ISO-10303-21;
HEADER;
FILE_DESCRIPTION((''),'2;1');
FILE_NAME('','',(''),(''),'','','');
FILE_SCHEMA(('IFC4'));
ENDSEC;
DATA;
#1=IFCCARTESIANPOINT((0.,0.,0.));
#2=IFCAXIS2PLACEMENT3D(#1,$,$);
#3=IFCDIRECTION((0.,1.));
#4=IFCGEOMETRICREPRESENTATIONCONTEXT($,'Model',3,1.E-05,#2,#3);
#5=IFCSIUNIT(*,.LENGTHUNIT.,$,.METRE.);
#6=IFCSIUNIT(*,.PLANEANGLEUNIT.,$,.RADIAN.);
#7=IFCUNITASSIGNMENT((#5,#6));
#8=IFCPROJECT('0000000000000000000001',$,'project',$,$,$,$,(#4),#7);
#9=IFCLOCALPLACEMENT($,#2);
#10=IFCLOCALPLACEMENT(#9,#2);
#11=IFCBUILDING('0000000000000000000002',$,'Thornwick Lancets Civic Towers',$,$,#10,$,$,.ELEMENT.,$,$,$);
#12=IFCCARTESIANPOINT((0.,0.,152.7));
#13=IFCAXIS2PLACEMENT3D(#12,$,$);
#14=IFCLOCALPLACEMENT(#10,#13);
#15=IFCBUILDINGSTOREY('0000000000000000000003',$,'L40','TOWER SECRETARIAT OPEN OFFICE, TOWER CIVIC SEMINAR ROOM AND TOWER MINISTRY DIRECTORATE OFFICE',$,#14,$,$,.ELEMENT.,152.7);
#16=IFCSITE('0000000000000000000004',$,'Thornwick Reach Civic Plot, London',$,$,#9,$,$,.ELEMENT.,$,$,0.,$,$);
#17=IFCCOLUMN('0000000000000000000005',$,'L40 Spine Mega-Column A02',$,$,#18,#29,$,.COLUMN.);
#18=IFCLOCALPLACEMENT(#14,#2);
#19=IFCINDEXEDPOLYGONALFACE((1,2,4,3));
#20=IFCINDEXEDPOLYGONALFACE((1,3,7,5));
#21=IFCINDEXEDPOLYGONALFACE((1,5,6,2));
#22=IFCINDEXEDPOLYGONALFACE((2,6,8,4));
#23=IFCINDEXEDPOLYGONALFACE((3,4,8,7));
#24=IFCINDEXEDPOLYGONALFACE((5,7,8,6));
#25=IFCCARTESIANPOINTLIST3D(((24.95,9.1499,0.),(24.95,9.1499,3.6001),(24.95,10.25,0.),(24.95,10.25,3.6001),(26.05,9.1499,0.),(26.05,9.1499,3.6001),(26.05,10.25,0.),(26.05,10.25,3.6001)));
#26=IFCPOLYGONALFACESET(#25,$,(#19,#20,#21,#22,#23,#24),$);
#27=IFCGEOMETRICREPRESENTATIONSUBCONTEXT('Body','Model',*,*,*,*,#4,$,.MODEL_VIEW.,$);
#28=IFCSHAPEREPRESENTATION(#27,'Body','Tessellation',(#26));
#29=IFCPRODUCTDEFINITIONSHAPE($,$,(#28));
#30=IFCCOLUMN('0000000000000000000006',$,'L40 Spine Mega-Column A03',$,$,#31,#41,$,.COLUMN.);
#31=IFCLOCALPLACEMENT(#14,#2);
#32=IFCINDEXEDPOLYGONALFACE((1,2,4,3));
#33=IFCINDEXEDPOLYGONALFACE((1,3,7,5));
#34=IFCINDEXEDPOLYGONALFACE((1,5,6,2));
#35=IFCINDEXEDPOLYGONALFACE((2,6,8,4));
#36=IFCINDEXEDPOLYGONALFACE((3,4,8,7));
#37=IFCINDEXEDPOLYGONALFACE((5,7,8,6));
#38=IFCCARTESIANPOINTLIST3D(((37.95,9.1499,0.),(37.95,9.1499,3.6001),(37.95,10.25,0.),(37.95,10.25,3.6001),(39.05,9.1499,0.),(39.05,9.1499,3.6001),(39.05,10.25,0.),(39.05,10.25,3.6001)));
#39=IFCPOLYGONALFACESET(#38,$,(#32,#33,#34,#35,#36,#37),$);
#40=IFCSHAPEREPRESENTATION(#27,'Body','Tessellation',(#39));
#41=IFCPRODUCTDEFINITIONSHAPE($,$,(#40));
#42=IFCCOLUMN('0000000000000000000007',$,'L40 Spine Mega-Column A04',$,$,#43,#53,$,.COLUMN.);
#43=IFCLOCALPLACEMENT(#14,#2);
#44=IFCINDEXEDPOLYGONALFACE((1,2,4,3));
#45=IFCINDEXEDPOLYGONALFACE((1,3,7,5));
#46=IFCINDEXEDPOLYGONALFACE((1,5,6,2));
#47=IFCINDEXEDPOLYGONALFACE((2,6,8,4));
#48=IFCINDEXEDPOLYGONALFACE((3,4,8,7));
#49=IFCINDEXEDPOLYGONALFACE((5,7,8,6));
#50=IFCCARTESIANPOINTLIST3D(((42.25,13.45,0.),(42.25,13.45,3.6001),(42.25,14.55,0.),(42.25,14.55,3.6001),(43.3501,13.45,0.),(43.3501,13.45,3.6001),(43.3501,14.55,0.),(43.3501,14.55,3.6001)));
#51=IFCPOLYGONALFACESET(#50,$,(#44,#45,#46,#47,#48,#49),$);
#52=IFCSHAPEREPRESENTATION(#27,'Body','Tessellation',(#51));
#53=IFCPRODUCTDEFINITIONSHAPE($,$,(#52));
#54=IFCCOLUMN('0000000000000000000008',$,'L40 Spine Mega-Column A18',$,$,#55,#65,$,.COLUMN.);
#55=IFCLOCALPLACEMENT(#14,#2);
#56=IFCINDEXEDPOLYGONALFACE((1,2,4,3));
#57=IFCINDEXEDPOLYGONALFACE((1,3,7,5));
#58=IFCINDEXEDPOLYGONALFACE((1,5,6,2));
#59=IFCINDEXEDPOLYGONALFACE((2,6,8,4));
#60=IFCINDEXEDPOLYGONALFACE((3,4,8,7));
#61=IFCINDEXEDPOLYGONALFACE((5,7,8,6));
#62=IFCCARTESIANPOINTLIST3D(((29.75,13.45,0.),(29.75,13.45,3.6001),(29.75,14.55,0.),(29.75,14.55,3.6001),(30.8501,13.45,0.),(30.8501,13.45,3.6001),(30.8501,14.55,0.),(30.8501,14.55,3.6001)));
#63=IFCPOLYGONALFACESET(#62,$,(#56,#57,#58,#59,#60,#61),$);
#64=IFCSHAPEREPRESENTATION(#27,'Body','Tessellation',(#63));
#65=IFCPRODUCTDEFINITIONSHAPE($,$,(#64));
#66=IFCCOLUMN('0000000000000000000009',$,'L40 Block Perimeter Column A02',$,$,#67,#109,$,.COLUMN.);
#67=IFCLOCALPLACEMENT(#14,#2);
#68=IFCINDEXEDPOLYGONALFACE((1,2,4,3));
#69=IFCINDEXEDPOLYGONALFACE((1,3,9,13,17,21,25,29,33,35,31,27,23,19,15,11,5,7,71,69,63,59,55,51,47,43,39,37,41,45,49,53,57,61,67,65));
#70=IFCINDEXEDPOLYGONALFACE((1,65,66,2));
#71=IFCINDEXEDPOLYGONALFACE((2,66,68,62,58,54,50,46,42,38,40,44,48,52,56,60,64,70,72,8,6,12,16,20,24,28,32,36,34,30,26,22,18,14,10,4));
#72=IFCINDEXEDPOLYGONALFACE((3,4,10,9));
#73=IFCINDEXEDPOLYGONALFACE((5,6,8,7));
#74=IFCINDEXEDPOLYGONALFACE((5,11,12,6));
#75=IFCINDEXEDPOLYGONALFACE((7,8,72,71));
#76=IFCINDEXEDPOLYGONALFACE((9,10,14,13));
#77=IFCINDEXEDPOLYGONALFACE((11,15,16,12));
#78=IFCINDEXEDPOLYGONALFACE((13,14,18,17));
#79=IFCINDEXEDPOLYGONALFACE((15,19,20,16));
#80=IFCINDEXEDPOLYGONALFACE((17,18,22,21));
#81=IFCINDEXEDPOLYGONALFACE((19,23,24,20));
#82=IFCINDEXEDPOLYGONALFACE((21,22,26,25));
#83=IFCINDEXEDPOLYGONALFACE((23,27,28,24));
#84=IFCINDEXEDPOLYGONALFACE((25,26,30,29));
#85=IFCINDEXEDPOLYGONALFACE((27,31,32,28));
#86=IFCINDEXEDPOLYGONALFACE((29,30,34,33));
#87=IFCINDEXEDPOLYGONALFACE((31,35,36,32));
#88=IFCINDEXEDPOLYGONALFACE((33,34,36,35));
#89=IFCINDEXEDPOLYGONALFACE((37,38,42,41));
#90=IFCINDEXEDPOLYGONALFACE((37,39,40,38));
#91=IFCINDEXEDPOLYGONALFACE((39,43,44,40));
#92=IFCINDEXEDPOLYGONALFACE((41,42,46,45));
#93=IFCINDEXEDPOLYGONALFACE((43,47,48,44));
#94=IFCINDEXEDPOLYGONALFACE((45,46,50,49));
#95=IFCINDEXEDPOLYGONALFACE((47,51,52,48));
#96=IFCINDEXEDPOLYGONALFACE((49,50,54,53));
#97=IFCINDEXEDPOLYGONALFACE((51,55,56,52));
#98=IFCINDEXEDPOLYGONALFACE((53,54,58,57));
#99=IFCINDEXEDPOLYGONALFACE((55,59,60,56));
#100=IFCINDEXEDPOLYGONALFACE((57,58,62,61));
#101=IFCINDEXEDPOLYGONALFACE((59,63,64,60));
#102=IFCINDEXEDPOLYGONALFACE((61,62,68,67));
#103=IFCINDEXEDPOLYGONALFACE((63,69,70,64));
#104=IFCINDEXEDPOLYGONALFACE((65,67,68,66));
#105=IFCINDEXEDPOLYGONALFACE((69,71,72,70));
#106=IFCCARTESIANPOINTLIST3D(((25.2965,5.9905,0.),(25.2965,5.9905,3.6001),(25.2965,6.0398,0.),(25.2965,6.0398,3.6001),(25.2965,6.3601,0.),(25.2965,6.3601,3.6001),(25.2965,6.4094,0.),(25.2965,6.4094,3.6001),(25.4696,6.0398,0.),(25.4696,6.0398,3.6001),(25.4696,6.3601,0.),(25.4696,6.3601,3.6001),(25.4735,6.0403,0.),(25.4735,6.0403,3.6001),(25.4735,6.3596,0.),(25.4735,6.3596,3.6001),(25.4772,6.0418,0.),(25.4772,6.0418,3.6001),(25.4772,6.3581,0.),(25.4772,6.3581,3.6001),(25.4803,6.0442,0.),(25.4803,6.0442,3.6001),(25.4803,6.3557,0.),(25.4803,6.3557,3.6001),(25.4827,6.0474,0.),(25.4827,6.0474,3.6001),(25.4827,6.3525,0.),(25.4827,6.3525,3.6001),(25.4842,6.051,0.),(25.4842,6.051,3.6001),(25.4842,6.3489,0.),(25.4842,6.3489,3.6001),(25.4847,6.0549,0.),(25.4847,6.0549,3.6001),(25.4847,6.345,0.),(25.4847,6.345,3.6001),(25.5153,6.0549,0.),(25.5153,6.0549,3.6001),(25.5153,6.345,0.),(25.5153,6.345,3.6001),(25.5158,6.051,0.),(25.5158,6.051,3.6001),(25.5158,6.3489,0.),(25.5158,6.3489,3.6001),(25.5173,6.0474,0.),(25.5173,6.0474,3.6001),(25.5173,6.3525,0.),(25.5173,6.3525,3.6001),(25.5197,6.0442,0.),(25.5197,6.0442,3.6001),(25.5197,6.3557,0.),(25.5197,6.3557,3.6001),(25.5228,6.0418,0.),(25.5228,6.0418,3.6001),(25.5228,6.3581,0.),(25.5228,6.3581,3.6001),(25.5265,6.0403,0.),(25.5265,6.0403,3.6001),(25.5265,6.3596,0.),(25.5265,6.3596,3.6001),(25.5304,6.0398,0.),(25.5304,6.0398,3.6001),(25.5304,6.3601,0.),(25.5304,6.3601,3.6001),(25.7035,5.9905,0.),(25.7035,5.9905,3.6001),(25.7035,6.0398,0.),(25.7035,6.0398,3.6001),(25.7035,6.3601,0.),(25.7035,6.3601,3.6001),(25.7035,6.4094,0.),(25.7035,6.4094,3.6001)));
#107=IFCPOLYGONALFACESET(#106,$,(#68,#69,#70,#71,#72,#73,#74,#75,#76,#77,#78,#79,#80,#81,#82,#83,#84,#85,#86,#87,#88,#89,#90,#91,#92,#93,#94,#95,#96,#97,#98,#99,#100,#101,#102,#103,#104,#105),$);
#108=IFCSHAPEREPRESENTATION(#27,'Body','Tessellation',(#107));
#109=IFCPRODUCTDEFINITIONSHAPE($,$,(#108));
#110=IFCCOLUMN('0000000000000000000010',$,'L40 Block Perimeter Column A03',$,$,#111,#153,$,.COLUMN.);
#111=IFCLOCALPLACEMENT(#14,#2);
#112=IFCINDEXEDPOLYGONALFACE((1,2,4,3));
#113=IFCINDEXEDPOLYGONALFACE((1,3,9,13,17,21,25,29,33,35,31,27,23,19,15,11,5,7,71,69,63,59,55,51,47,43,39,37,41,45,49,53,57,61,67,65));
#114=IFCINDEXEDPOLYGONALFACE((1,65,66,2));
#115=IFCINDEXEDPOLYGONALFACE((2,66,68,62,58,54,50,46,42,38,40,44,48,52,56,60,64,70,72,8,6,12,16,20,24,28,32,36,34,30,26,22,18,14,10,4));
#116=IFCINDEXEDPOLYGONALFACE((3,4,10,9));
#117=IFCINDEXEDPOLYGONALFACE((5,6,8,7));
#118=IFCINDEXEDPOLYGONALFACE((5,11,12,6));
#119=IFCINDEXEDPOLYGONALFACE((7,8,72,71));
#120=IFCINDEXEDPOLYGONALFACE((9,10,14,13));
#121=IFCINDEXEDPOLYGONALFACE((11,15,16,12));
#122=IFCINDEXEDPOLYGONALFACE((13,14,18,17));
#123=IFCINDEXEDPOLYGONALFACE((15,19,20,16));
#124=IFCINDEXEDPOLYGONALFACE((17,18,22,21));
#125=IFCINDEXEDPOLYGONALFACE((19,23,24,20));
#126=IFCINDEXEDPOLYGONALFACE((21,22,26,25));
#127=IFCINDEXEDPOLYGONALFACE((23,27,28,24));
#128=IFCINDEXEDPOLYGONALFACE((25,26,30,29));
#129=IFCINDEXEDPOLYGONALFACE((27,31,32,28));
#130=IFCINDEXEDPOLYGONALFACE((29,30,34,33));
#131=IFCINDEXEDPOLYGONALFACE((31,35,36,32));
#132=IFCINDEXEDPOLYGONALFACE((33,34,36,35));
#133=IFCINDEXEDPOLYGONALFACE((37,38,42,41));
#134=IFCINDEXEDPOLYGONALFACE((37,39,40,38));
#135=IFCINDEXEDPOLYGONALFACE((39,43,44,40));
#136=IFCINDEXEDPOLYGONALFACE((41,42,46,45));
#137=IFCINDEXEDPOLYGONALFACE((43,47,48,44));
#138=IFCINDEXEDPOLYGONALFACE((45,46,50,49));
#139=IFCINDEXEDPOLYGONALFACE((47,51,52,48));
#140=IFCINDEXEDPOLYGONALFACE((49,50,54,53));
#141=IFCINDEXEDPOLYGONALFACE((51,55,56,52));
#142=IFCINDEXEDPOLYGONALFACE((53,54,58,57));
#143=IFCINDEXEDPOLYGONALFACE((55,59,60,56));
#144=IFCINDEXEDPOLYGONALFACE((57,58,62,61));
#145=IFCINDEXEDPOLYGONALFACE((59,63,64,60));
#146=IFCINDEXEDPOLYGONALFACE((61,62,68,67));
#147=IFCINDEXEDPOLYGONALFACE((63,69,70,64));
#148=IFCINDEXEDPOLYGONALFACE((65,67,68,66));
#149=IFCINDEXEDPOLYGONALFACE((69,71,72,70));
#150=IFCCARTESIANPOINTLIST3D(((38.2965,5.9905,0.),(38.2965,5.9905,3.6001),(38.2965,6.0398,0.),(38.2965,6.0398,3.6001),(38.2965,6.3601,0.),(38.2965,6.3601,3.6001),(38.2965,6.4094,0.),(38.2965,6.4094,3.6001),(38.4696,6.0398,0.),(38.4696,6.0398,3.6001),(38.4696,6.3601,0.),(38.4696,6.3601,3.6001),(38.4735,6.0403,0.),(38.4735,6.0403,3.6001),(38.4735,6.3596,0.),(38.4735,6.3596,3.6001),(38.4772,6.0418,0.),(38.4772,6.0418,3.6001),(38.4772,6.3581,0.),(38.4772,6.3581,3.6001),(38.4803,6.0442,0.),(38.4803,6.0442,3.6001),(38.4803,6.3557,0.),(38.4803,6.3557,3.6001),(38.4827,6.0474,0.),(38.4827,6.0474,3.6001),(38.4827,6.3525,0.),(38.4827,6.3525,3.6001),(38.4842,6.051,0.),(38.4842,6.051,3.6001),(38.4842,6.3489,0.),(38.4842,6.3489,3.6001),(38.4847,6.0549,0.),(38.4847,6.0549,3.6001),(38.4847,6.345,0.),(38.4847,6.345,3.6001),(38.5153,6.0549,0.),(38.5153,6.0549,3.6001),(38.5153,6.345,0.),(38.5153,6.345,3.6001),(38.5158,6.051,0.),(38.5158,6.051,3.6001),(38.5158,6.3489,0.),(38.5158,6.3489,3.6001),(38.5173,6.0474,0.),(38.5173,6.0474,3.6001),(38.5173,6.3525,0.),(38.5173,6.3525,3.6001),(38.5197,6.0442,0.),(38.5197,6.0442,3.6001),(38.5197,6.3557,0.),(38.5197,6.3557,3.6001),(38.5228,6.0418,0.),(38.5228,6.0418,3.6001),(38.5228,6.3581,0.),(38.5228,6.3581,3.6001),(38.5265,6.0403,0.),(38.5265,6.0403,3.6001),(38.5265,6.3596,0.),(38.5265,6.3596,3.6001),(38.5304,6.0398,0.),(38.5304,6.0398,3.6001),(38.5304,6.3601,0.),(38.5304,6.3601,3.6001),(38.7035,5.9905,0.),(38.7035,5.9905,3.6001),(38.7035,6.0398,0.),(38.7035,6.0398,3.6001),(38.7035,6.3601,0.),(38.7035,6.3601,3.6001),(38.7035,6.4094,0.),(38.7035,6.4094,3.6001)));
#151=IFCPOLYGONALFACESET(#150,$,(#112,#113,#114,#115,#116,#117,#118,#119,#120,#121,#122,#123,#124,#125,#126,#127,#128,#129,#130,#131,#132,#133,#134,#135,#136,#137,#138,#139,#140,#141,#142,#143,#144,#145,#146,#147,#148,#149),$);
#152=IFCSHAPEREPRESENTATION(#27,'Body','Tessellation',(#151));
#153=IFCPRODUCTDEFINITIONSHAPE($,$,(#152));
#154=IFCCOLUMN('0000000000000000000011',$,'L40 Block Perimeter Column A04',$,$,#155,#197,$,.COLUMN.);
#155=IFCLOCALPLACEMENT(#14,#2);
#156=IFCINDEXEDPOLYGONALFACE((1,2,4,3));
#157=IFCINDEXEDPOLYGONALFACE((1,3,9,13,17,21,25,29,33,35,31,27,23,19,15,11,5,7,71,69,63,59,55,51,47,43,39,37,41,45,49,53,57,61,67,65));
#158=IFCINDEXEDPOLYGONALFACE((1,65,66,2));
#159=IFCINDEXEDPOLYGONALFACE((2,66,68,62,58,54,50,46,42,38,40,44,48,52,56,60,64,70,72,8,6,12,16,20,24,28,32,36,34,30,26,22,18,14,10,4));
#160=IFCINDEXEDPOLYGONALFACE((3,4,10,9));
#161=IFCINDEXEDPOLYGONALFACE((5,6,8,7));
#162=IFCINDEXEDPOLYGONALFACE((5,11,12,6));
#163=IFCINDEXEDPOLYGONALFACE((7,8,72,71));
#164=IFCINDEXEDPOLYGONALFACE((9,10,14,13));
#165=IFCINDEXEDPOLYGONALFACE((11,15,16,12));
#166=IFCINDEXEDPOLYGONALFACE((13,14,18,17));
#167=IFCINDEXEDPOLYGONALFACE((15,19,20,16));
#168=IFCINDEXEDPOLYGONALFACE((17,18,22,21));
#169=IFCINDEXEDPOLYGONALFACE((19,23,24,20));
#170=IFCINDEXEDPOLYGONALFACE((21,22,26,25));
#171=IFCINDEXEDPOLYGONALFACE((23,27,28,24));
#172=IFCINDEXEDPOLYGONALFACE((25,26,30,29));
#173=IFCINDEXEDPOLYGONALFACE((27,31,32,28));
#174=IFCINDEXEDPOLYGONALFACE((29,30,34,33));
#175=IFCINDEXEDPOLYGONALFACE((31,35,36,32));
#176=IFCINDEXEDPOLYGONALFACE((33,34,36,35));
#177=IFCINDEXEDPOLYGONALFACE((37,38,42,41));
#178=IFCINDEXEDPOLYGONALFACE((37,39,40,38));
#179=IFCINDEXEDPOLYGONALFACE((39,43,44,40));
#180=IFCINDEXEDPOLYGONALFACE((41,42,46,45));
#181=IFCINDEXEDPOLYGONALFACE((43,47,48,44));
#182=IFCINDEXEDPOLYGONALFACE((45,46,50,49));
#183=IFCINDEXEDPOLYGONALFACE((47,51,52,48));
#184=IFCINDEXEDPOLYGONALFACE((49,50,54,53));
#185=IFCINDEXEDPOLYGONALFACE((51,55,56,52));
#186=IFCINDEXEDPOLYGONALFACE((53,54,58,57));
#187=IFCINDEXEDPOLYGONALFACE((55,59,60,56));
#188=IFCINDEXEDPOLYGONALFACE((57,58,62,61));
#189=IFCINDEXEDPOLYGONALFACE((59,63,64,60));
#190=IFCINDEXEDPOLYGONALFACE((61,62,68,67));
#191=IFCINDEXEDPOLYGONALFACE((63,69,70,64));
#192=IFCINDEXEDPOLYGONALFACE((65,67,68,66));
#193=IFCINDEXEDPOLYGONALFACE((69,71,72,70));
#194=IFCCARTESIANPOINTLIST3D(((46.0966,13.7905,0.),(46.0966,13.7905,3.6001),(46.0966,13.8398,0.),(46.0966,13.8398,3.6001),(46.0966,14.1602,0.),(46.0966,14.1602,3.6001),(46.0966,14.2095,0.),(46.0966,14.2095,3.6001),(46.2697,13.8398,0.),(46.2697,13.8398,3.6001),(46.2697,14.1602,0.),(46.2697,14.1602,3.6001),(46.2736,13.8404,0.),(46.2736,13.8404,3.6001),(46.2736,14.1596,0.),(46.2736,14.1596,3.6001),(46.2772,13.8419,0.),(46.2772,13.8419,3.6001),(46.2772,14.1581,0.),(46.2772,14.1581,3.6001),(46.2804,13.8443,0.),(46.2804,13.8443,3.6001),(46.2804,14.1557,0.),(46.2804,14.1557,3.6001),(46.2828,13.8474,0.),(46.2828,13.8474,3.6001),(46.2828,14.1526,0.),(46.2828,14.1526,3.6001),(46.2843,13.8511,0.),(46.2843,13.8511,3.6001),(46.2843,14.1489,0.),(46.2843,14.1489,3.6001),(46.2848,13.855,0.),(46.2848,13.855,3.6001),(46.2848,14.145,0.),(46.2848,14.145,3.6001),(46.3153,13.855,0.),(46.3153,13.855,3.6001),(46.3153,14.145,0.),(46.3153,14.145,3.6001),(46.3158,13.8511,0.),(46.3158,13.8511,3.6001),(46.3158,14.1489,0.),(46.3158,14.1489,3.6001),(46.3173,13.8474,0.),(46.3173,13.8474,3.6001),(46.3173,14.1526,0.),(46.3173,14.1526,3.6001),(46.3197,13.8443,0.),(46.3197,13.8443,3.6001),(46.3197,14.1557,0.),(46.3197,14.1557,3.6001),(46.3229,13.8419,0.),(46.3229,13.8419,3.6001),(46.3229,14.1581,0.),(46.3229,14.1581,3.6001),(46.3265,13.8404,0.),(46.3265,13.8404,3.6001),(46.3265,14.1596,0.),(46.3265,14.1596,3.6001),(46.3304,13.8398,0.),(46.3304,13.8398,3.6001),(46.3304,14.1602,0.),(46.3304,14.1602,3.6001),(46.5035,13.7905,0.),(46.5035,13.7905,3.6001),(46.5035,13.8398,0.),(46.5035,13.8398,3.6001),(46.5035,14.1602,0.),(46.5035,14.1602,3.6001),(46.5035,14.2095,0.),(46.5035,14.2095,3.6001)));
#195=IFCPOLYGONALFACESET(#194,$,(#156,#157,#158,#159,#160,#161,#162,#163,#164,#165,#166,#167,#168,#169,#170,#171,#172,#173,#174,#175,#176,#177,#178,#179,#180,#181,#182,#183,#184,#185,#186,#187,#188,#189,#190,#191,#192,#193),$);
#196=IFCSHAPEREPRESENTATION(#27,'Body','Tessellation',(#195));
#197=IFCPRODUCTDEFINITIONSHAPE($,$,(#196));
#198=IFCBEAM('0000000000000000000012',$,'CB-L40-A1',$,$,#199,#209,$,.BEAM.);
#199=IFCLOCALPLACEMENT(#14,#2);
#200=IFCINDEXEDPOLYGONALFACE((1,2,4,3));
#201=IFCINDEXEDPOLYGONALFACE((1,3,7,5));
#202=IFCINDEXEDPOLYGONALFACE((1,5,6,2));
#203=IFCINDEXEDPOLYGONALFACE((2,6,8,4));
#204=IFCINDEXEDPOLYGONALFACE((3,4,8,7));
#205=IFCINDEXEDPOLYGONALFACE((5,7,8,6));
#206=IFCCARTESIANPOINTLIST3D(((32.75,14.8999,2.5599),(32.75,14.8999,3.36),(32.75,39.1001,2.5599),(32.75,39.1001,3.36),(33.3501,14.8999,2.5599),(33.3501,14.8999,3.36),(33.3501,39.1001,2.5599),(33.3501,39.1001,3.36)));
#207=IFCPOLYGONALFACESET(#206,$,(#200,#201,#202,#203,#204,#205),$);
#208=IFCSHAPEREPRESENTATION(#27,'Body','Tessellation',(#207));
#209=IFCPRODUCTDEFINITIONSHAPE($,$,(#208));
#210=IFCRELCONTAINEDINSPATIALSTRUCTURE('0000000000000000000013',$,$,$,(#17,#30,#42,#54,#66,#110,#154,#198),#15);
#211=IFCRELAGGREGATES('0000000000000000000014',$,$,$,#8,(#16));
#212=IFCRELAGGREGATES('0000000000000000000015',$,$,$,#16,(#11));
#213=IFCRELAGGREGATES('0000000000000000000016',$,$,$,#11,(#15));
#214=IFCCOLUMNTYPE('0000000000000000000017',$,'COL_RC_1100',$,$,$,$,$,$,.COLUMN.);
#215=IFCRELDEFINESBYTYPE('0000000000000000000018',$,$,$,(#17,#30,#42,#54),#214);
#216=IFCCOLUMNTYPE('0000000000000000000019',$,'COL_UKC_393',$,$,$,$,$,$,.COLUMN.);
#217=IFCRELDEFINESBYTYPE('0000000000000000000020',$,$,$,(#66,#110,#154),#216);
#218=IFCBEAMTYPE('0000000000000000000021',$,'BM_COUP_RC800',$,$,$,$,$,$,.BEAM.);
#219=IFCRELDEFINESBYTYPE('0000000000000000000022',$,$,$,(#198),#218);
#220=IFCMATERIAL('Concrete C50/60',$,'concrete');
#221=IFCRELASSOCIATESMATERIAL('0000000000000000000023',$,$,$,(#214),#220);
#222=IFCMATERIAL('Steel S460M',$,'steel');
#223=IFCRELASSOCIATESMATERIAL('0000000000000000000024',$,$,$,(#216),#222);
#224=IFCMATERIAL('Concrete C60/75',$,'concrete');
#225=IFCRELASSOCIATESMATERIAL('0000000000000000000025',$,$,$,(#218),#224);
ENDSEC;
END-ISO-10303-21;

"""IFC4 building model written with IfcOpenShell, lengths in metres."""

from ifc_helpers import new_model, si_unit, direction, frame, origin, origin_2d, place, context, subcontext, project, spatial, rectangle, i_section, extrude, material, material_profile, profile_set, type_object, element, save


model = new_model("IFC4")

# Units and contexts
model_context = context("Model", 3, precision=1e-05, world=origin(), true_north=direction((0.0, 1.0)))
body_context = subcontext(model_context, "Body", "Model", "MODEL_VIEW")
ifc_project = project(units=[si_unit("LENGTHUNIT", "METRE"), si_unit("PLANEANGLEUNIT", "RADIAN")], contexts=[model_context])

# Site, building, storey
site_placement = place(None, origin())
site = spatial("IfcSite", under=ifc_project, at=site_placement, Name="Thornwick Reach Civic Plot, London", CompositionType="ELEMENT", RefElevation=0.0)
building_placement = place(site_placement, origin())
building = spatial("IfcBuilding", under=site, at=building_placement, Name="Thornwick Lancets Civic Towers", CompositionType="ELEMENT")
storey_placement = place(building_placement, frame((0.0, 0.0, 152.7)))
storey = spatial("IfcBuildingStorey", under=building, at=storey_placement, Name="L40", Description="TOWER SECRETARIAT OPEN OFFICE, TOWER CIVIC SEMINAR ROOM AND TOWER MINISTRY DIRECTORATE OFFICE", CompositionType="ELEMENT", Elevation=152.7)

# Columns
ifc_material_1 = material(Name="Concrete C50/60", Category="concrete")
ifc_material_profile_1 = material_profile(ifc_material_1, rectangle(XDim=1.1001, YDim=1.1001, at=origin_2d()), Name="RC 1100x1100")
ifc_profile_set_1 = profile_set([ifc_material_profile_1], Name="Concrete C50/60")
column_type_1 = type_object("IfcColumnType", Name="COL_RC_1100", PredefinedType="COLUMN", material=ifc_profile_set_1)
for number, where, z_axis, x_axis, name in (
    (1, (25.5, 9.7, 0.0), (0.0, 0.0, 1.0), (1.0, 0.0, 0.0), "L40 Spine Mega-Column A02"),
    (2, (38.5, 9.7, 0.0), (0.0, 0.0, 1.0), (1.0, 0.0, 0.0), "L40 Spine Mega-Column A03"),
    (3, (42.8, 14.0, 0.0), (0.0, 0.0, 1.0), (1.0, 0.0, 0.0), "L40 Spine Mega-Column A04"),
    (4, (30.3, 14.0, 0.0), (0.0, 0.0, 1.0), (1.0, 0.0, 0.0), "L40 Spine Mega-Column A18"),
):
    element("IfcColumn", number, at=place(storey_placement, frame(where, z_axis=z_axis, x_axis=x_axis)), inside=storey, type_object=column_type_1, Name=name, PredefinedType="COLUMN", context=body_context, shape_type="SweptSolid", body=[
        extrude(rectangle(XDim=1.1001, YDim=1.1001, at=origin_2d()), origin(), (0.0, 0.0, 1.0), 3.6001),
    ])
ifc_material_2 = material(Name="Steel S460M", Category="steel")
ifc_material_profile_2 = material_profile(ifc_material_2, i_section(OverallWidth=0.407, OverallDepth=0.4189, WebThickness=0.0305, FlangeThickness=0.0493, FilletRadius=0.0151, at=origin_2d()), Name="UKC 356x406x393")
ifc_profile_set_2 = profile_set([ifc_material_profile_2], Name="Steel S460M")
column_type_2 = type_object("IfcColumnType", Name="COL_UKC_393", PredefinedType="COLUMN", material=ifc_profile_set_2)
for number, where, z_axis, x_axis, name in (
    (5, (25.5, 6.2, 0.0), (0.0, 0.0, 1.0), (1.0, 0.0, 0.0), "L40 Block Perimeter Column A02"),
    (6, (38.5, 6.2, 0.0), (0.0, 0.0, 1.0), (1.0, 0.0, 0.0), "L40 Block Perimeter Column A03"),
    (7, (46.3, 14.0, 0.0), (0.0, 0.0, 1.0), (1.0, 0.0, 0.0), "L40 Block Perimeter Column A04"),
):
    element("IfcColumn", number, at=place(storey_placement, frame(where, z_axis=z_axis, x_axis=x_axis)), inside=storey, type_object=column_type_2, Name=name, PredefinedType="COLUMN", context=body_context, shape_type="SweptSolid", body=[
        extrude(i_section(OverallWidth=0.407, OverallDepth=0.4189, WebThickness=0.0305, FlangeThickness=0.0493, FilletRadius=0.0151, at=origin_2d()), origin(), (0.0, 0.0, 1.0), 3.6001),
    ])

# Beam
ifc_material_3 = material(Name="Concrete C60/75", Category="concrete")
ifc_material_profile_3 = material_profile(ifc_material_3, rectangle(XDim=0.6001, YDim=0.8, at=origin_2d()), Name="RC 600x800")
ifc_profile_set_3 = profile_set([ifc_material_profile_3], Name="Concrete C60/75")
beam_type_1 = type_object("IfcBeamType", Name="BM_COUP_RC800", PredefinedType="BEAM", material=ifc_profile_set_3)
beam_1_placement = place(storey_placement, frame((33.05, 14.8999, 2.96), z_axis=(0.0, 1.0, 0.0), x_axis=(-1.0, 0.0, 0.0)))
element("IfcBeam", 8, at=beam_1_placement, inside=storey, type_object=beam_type_1, Name="CB-L40-A1", PredefinedType="BEAM", context=body_context, shape_type="SweptSolid", body=[
    extrude(rectangle(XDim=0.6001, YDim=0.8, at=origin_2d()), origin(), (0.0, 0.0, 1.0), 24.2002),
])

save(model, "model.ifc")
